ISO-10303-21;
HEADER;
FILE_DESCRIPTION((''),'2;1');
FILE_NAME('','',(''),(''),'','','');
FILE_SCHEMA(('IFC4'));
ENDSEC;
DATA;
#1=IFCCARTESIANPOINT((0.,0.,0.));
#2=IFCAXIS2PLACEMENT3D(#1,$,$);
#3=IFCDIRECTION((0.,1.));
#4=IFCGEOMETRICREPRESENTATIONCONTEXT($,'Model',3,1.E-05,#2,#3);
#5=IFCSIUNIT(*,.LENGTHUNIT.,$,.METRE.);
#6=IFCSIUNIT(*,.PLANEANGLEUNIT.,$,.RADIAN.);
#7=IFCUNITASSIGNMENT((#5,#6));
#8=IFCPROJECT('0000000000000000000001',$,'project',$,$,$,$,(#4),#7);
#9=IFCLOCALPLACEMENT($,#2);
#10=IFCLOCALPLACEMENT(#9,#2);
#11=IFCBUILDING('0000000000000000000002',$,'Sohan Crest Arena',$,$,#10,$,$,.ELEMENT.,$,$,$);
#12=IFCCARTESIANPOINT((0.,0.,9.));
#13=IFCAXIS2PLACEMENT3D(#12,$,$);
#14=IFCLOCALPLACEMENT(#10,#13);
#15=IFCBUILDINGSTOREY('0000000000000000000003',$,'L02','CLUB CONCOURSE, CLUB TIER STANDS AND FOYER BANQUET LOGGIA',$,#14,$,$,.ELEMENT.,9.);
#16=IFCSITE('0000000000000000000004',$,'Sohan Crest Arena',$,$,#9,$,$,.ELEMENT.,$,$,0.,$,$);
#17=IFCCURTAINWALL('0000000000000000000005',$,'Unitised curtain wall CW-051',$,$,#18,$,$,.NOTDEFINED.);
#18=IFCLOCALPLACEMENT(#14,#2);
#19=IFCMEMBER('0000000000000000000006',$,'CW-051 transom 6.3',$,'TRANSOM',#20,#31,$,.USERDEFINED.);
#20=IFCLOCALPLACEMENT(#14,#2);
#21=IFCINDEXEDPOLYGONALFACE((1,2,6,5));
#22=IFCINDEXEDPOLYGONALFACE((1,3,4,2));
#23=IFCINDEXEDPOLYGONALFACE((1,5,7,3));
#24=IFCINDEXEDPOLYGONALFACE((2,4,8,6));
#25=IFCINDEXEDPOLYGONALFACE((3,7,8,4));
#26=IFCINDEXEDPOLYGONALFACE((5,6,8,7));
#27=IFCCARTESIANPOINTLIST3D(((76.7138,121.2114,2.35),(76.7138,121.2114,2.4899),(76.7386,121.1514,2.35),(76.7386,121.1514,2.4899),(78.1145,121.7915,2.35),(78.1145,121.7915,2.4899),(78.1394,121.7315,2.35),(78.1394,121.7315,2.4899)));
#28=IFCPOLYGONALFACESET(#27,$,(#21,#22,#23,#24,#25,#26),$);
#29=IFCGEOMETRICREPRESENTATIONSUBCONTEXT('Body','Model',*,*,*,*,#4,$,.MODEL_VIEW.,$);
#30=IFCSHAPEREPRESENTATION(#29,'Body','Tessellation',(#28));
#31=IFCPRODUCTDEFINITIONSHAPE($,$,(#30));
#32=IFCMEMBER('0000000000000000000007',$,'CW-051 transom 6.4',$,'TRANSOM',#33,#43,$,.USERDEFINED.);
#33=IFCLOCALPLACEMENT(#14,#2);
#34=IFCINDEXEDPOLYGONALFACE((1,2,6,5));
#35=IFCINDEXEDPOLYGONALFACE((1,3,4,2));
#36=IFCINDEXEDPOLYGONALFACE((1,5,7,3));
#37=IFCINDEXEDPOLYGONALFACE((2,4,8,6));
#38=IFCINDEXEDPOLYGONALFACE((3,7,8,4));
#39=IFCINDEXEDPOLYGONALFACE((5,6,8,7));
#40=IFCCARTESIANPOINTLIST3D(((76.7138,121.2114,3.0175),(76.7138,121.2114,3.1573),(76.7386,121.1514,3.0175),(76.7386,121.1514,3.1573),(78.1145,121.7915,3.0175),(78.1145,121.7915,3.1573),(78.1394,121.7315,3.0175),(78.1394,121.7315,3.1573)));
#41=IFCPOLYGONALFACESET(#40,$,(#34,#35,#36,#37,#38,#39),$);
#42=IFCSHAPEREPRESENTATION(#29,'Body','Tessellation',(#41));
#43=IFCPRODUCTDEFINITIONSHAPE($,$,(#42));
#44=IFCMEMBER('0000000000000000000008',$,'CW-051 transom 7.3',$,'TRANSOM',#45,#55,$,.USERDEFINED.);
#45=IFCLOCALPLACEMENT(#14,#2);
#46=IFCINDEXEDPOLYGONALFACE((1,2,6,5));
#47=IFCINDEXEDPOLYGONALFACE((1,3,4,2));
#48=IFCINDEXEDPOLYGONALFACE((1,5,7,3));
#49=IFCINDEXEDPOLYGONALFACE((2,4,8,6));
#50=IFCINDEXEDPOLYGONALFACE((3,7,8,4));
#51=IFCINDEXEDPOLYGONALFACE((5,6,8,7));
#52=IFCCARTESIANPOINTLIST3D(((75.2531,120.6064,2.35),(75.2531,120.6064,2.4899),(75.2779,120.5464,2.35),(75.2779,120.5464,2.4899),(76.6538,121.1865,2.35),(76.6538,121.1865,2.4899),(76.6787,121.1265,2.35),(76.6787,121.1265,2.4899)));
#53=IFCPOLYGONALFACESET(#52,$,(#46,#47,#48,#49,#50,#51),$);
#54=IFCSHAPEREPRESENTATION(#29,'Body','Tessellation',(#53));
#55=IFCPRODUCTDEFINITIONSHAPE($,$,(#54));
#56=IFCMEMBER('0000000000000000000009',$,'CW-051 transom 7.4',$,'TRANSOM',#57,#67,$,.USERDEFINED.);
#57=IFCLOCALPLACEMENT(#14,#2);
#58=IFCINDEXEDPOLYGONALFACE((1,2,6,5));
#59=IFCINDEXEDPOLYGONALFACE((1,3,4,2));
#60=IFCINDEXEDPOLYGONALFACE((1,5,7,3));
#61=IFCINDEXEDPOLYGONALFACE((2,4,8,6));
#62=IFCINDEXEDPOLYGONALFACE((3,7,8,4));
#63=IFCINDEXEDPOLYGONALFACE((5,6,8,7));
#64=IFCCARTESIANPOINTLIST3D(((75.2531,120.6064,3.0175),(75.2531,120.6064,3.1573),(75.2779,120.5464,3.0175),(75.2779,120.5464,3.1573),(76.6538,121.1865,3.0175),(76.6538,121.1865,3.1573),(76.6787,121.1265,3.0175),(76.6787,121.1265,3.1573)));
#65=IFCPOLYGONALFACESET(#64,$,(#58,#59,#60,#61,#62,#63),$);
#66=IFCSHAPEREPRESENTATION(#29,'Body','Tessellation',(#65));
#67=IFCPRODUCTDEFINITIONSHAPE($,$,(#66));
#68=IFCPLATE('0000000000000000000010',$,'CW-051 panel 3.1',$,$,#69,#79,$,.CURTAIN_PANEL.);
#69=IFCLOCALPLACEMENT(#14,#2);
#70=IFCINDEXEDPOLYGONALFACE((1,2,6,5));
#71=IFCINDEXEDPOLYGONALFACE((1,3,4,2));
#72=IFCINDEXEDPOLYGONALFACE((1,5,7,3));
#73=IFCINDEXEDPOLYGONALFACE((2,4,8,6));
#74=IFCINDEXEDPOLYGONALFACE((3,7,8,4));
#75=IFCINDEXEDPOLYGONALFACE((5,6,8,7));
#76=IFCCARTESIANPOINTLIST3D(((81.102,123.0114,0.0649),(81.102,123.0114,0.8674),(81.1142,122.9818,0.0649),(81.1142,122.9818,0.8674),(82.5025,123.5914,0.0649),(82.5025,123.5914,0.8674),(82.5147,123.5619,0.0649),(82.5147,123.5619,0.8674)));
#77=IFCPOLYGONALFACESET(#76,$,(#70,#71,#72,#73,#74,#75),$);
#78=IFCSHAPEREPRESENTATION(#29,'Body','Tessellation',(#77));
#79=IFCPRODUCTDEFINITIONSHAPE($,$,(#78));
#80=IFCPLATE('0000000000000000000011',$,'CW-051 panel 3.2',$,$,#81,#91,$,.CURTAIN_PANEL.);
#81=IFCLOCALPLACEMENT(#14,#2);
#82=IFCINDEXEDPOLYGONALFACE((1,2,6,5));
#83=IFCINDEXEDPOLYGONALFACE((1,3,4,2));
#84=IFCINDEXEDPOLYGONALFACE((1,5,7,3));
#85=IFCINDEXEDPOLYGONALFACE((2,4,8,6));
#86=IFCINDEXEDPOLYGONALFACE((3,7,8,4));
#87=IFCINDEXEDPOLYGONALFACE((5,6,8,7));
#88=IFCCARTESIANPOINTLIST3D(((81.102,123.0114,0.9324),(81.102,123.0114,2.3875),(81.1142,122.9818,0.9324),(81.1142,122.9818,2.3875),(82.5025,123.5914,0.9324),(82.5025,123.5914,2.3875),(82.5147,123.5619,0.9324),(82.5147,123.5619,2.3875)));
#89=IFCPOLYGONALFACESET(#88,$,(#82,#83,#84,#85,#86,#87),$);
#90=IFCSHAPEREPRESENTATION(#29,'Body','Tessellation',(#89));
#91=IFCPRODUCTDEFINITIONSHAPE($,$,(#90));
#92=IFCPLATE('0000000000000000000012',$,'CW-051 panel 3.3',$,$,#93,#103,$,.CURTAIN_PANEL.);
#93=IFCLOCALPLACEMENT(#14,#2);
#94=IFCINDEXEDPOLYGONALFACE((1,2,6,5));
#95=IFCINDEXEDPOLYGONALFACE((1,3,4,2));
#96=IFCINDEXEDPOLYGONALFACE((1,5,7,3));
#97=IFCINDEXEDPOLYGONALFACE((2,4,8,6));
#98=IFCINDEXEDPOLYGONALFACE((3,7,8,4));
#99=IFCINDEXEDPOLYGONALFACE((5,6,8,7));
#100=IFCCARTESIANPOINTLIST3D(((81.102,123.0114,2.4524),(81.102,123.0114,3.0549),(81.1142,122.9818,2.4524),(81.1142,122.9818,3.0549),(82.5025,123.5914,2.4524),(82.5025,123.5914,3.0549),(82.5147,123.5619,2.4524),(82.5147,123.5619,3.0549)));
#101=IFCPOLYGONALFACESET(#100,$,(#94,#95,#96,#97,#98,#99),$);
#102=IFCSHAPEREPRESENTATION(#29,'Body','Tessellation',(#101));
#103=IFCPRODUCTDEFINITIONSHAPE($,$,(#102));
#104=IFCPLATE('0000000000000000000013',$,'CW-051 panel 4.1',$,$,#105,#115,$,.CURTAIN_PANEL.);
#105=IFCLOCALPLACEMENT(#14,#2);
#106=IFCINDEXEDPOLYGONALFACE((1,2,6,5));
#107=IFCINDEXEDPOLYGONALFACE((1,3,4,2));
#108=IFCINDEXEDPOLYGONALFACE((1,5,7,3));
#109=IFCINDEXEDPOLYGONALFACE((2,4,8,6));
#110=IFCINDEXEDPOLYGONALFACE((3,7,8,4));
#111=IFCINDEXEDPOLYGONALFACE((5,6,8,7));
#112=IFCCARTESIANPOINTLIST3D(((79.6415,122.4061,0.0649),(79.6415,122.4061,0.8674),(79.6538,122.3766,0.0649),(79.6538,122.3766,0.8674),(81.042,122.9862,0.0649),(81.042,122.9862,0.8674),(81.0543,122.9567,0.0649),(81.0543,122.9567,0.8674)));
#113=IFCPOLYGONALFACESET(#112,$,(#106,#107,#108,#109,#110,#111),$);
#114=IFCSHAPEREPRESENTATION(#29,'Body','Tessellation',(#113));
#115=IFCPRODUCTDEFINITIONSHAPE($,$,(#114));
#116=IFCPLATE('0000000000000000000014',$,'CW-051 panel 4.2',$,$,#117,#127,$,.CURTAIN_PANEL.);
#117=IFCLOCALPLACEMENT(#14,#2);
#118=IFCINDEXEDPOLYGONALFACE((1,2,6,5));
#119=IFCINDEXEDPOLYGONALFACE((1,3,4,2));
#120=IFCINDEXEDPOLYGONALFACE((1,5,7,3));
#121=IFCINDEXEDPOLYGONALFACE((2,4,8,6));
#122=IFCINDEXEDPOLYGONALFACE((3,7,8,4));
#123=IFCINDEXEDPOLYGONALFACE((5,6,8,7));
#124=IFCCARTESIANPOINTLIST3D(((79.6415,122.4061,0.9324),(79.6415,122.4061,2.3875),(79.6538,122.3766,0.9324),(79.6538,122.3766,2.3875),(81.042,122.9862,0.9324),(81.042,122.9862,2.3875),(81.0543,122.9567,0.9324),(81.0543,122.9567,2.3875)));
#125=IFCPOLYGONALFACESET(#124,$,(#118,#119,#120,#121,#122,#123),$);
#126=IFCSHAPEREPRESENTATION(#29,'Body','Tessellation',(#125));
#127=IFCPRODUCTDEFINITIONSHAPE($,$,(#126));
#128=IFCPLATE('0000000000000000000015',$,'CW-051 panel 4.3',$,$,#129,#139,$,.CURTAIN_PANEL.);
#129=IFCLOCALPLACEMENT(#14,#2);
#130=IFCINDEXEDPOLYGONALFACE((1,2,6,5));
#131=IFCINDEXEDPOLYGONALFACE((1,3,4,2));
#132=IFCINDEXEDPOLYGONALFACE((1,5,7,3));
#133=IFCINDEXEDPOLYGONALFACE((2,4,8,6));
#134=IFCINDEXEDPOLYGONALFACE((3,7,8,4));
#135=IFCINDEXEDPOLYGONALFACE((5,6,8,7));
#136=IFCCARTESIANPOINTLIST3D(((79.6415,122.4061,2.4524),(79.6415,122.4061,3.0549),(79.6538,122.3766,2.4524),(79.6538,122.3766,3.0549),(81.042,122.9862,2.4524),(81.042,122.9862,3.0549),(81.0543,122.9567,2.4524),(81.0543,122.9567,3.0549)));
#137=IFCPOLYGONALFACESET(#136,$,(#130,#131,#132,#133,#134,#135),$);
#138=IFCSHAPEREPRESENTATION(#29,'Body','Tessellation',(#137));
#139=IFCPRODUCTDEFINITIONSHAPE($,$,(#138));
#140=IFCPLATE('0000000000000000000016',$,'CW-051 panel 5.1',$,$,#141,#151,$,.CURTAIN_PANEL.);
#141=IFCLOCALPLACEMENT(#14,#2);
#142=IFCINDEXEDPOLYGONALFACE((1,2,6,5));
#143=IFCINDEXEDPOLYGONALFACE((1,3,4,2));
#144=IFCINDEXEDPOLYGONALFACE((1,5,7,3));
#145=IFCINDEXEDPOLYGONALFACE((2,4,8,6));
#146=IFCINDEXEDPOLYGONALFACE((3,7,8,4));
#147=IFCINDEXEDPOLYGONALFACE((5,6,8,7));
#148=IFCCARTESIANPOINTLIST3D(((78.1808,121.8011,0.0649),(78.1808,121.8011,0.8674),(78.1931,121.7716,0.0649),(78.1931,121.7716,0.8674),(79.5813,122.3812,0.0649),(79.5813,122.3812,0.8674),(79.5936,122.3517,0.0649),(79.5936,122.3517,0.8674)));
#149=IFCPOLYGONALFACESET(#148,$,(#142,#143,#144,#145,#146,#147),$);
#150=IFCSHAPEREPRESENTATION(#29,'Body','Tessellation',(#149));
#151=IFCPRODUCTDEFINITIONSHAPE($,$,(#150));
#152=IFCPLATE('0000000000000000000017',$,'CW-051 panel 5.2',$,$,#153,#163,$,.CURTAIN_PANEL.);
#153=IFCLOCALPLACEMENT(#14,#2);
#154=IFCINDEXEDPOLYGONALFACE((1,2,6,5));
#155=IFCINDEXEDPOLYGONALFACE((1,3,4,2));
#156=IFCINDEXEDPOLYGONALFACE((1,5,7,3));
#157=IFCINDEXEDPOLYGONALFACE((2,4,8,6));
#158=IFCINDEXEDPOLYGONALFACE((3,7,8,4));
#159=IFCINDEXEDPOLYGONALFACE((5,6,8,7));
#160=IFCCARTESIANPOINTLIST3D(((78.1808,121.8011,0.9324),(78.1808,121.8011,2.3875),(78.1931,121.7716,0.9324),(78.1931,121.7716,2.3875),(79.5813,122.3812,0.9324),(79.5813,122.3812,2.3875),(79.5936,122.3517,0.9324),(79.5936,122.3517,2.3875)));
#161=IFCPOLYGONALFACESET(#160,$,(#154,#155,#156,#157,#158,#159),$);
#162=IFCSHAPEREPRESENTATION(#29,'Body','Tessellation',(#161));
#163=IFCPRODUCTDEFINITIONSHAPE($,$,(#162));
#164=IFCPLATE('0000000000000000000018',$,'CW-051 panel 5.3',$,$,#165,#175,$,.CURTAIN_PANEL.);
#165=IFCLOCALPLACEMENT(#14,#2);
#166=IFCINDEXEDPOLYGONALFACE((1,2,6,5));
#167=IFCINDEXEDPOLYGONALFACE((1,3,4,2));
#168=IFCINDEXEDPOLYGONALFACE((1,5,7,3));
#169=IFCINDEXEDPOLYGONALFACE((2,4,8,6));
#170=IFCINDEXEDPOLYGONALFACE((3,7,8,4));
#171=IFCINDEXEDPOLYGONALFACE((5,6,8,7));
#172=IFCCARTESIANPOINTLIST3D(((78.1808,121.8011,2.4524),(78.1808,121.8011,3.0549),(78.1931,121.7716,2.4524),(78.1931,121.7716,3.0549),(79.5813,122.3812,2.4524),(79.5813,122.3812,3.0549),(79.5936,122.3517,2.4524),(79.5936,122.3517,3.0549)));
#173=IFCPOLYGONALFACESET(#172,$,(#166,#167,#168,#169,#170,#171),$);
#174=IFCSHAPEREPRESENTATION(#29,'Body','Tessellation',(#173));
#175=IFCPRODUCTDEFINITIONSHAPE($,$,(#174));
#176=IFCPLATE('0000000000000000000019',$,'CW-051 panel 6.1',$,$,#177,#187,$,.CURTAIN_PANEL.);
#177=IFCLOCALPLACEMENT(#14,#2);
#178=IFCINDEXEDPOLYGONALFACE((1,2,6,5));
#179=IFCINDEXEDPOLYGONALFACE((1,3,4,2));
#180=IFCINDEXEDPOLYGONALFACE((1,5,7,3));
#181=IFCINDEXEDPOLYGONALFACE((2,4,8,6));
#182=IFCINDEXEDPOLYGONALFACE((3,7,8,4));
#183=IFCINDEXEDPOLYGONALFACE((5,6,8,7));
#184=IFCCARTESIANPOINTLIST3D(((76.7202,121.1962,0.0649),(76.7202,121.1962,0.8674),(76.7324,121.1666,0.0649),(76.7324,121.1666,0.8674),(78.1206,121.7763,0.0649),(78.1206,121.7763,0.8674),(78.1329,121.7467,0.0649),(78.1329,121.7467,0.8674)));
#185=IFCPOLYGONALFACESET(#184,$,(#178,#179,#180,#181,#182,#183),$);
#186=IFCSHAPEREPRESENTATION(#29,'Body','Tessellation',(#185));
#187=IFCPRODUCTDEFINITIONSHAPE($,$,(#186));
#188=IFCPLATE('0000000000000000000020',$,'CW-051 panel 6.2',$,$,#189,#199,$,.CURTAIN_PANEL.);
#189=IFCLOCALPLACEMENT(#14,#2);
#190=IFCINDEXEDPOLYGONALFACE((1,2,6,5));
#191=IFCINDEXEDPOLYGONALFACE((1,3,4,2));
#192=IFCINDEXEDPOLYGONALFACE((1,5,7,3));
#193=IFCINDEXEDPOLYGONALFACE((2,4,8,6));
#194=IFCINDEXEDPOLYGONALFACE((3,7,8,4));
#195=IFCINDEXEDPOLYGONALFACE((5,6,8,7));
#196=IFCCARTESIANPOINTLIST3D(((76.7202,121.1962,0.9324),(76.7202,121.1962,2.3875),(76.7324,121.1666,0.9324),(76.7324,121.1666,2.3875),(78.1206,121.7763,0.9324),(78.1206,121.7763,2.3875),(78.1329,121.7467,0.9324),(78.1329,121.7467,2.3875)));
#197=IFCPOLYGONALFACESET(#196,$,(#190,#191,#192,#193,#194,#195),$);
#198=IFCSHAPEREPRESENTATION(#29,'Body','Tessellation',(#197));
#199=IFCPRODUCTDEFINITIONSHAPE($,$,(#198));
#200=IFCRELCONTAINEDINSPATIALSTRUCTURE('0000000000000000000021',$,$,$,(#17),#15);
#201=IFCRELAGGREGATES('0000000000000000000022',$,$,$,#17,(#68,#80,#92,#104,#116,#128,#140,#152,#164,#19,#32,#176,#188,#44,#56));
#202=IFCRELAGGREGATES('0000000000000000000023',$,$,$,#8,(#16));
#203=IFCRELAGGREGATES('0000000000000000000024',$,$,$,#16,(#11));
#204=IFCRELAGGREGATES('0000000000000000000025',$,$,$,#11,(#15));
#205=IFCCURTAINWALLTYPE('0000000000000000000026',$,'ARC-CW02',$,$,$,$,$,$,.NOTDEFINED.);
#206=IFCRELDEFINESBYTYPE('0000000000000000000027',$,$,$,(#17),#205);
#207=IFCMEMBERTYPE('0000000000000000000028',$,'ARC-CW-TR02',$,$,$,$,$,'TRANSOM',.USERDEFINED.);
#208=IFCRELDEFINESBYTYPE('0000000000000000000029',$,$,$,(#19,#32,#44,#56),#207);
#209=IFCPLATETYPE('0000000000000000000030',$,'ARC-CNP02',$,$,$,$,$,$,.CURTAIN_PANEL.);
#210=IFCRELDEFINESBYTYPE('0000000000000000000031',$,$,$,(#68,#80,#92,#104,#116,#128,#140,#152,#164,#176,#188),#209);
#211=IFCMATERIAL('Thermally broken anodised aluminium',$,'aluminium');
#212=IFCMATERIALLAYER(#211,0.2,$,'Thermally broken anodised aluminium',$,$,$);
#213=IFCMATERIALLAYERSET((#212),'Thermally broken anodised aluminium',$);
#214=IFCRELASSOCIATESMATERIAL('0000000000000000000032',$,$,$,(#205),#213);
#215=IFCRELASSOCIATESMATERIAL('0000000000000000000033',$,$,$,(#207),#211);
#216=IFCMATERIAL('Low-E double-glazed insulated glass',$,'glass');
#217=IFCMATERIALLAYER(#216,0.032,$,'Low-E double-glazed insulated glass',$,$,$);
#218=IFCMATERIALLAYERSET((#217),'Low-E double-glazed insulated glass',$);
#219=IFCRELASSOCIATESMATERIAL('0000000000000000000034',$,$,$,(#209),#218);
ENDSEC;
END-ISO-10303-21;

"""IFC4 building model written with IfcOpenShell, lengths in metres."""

from ifc_helpers import new_model, si_unit, direction, frame, origin, origin_2d, place, context, subcontext, project, spatial, rectangle, extrude, material, layer, layer_set, material_profile, profile_set, type_object, element, aggregate, save


model = new_model("IFC4")

# Units and contexts
model_context = context("Model", 3, precision=1e-05, world=origin(), true_north=direction((0.0, 1.0)))
body_context = subcontext(model_context, "Body", "Model", "MODEL_VIEW")
ifc_project = project(units=[si_unit("LENGTHUNIT", "METRE"), si_unit("PLANEANGLEUNIT", "RADIAN")], contexts=[model_context])

# Site, building, storey
site_placement = place(None, origin())
site = spatial("IfcSite", under=ifc_project, at=site_placement, Name="Sohan Crest Arena", CompositionType="ELEMENT", RefElevation=0.0)
building_placement = place(site_placement, origin())
building = spatial("IfcBuilding", under=site, at=building_placement, Name="Sohan Crest Arena", CompositionType="ELEMENT")
storey_placement = place(building_placement, frame((0.0, 0.0, 9.0)))
storey = spatial("IfcBuildingStorey", under=building, at=storey_placement, Name="L02", Description="CLUB CONCOURSE, CLUB TIER STANDS AND FOYER BANQUET LOGGIA", CompositionType="ELEMENT", Elevation=9.0)

# Curtain wall, members, plates
ifc_material_1 = material(Name="Thermally broken anodised aluminium", Category="aluminium")
ifc_layer_1 = layer(ifc_material_1, 0.2, Name="Thermally broken anodised aluminium")
ifc_layer_set_1 = layer_set([ifc_layer_1], Name="Thermally broken anodised aluminium")
curtain_wall_type = type_object("IfcCurtainWallType", Name="ARC-CW02", PredefinedType="NOTDEFINED", material=ifc_layer_set_1)
curtain_wall_placement = place(storey_placement, origin())
curtain_wall = element("IfcCurtainWall", 1, at=curtain_wall_placement, inside=storey, type_object=curtain_wall_type, Name="Unitised curtain wall CW-051", PredefinedType="NOTDEFINED")
ifc_material_profile_1 = material_profile(ifc_material_1, rectangle(XDim=0.0649, YDim=0.1399, at=origin_2d()), Name="ALU-TRAN 65x140")
ifc_profile_set_1 = profile_set([ifc_material_profile_1], Name="Thermally broken anodised aluminium")
member_type_1 = type_object("IfcMemberType", Name="ARC-CW-TR02", ElementType="TRANSOM", PredefinedType="USERDEFINED", material=ifc_profile_set_1)
member_1_placement = place(storey_placement, frame((78.127, 121.7615, 2.4199), z_axis=(-0.923899, -0.382636, 0.0), x_axis=(0.382636, -0.923899, 0.0)))
member_1 = element("IfcMember", 2, at=member_1_placement, type_object=member_type_1, Name="CW-051 transom 6.3", ObjectType="TRANSOM", PredefinedType="USERDEFINED", context=body_context, shape_type="SweptSolid", body=[
    extrude(rectangle(XDim=0.0649, YDim=0.1399, at=origin_2d()), origin(), (0.0, 0.0, 1.0), 1.5161),
])
member_2_placement = place(storey_placement, frame((78.127, 121.7615, 3.0874), z_axis=(-0.923899, -0.382636, 0.0), x_axis=(0.382636, -0.923899, 0.0)))
member_2 = element("IfcMember", 3, at=member_2_placement, type_object=member_type_1, Name="CW-051 transom 6.4", ObjectType="TRANSOM", PredefinedType="USERDEFINED", context=body_context, shape_type="SweptSolid", body=[
    extrude(rectangle(XDim=0.0649, YDim=0.1399, at=origin_2d()), origin(), (0.0, 0.0, 1.0), 1.5161),
])
member_3_placement = place(storey_placement, frame((76.6663, 121.1565, 2.4199), z_axis=(-0.923899, -0.382636, 0.0), x_axis=(0.382636, -0.923899, 0.0)))
member_3 = element("IfcMember", 4, at=member_3_placement, type_object=member_type_1, Name="CW-051 transom 7.3", ObjectType="TRANSOM", PredefinedType="USERDEFINED", context=body_context, shape_type="SweptSolid", body=[
    extrude(rectangle(XDim=0.0649, YDim=0.1399, at=origin_2d()), origin(), (0.0, 0.0, 1.0), 1.5161),
])
member_4_placement = place(storey_placement, frame((76.6663, 121.1565, 3.0874), z_axis=(-0.923899, -0.382636, 0.0), x_axis=(0.382636, -0.923899, 0.0)))
member_4 = element("IfcMember", 5, at=member_4_placement, type_object=member_type_1, Name="CW-051 transom 7.4", ObjectType="TRANSOM", PredefinedType="USERDEFINED", context=body_context, shape_type="SweptSolid", body=[
    extrude(rectangle(XDim=0.0649, YDim=0.1399, at=origin_2d()), origin(), (0.0, 0.0, 1.0), 1.5161),
])
ifc_material_2 = material(Name="Low-E double-glazed insulated glass", Category="glass")
ifc_layer_2 = layer(ifc_material_2, 0.032, Name="Low-E double-glazed insulated glass")
ifc_layer_set_2 = layer_set([ifc_layer_2], Name="Low-E double-glazed insulated glass")
plate_type = type_object("IfcPlateType", Name="ARC-CNP02", PredefinedType="CURTAIN_PANEL", material=ifc_layer_set_2)
plate_1_placement = place(storey_placement, frame((81.8083, 123.2866, 0.0649), z_axis=(0.0, 0.0, 1.0), x_axis=(-0.923882, -0.382678, 0.0)))
plate_1 = element("IfcPlate", 6, at=plate_1_placement, type_object=plate_type, Name="CW-051 panel 3.1", PredefinedType="CURTAIN_PANEL", context=body_context, shape_type="SweptSolid", body=[
    extrude(rectangle(XDim=1.5159, YDim=0.032, at=origin_2d()), origin(), (0.0, 0.0, 1.0), 0.8025),
])
plate_2_placement = place(storey_placement, frame((81.8083, 123.2866, 0.9324), z_axis=(0.0, 0.0, 1.0), x_axis=(-0.923882, -0.382678, 0.0)))
plate_2 = element("IfcPlate", 7, at=plate_2_placement, type_object=plate_type, Name="CW-051 panel 3.2", PredefinedType="CURTAIN_PANEL", context=body_context, shape_type="SweptSolid", body=[
    extrude(rectangle(XDim=1.5159, YDim=0.032, at=origin_2d()), origin(), (0.0, 0.0, 1.0), 1.4551),
])
plate_3_placement = place(storey_placement, frame((81.8083, 123.2866, 2.4524), z_axis=(0.0, 0.0, 1.0), x_axis=(-0.923882, -0.382678, 0.0)))
plate_3 = element("IfcPlate", 8, at=plate_3_placement, type_object=plate_type, Name="CW-051 panel 3.3", PredefinedType="CURTAIN_PANEL", context=body_context, shape_type="SweptSolid", body=[
    extrude(rectangle(XDim=1.5159, YDim=0.032, at=origin_2d()), origin(), (0.0, 0.0, 1.0), 0.6025),
])
plate_4_placement = place(storey_placement, frame((80.3479, 122.6814, 0.0649), z_axis=(0.0, 0.0, 1.0), x_axis=(-0.923882, -0.382678, 0.0)))
plate_4 = element("IfcPlate", 9, at=plate_4_placement, type_object=plate_type, Name="CW-051 panel 4.1", PredefinedType="CURTAIN_PANEL", context=body_context, shape_type="SweptSolid", body=[
    extrude(rectangle(XDim=1.5159, YDim=0.032, at=origin_2d()), origin(), (0.0, 0.0, 1.0), 0.8025),
])
plate_5_placement = place(storey_placement, frame((80.3479, 122.6814, 0.9324), z_axis=(0.0, 0.0, 1.0), x_axis=(-0.923882, -0.382678, 0.0)))
plate_5 = element("IfcPlate", 10, at=plate_5_placement, type_object=plate_type, Name="CW-051 panel 4.2", PredefinedType="CURTAIN_PANEL", context=body_context, shape_type="SweptSolid", body=[
    extrude(rectangle(XDim=1.5159, YDim=0.032, at=origin_2d()), origin(), (0.0, 0.0, 1.0), 1.4551),
])
plate_6_placement = place(storey_placement, frame((80.3479, 122.6814, 2.4524), z_axis=(0.0, 0.0, 1.0), x_axis=(-0.923882, -0.382678, 0.0)))
plate_6 = element("IfcPlate", 11, at=plate_6_placement, type_object=plate_type, Name="CW-051 panel 4.3", PredefinedType="CURTAIN_PANEL", context=body_context, shape_type="SweptSolid", body=[
    extrude(rectangle(XDim=1.5159, YDim=0.032, at=origin_2d()), origin(), (0.0, 0.0, 1.0), 0.6025),
])
plate_7_placement = place(storey_placement, frame((78.8872, 122.0764, 0.0649), z_axis=(0.0, 0.0, 1.0), x_axis=(-0.923882, -0.382678, 0.0)))
plate_7 = element("IfcPlate", 12, at=plate_7_placement, type_object=plate_type, Name="CW-051 panel 5.1", PredefinedType="CURTAIN_PANEL", context=body_context, shape_type="SweptSolid", body=[
    extrude(rectangle(XDim=1.5159, YDim=0.032, at=origin_2d()), origin(), (0.0, 0.0, 1.0), 0.8025),
])
plate_8_placement = place(storey_placement, frame((78.8872, 122.0764, 0.9324), z_axis=(0.0, 0.0, 1.0), x_axis=(-0.923882, -0.382678, 0.0)))
plate_8 = element("IfcPlate", 13, at=plate_8_placement, type_object=plate_type, Name="CW-051 panel 5.2", PredefinedType="CURTAIN_PANEL", context=body_context, shape_type="SweptSolid", body=[
    extrude(rectangle(XDim=1.5159, YDim=0.032, at=origin_2d()), origin(), (0.0, 0.0, 1.0), 1.4551),
])
plate_9_placement = place(storey_placement, frame((78.8872, 122.0764, 2.4524), z_axis=(0.0, 0.0, 1.0), x_axis=(-0.923882, -0.382678, 0.0)))
plate_9 = element("IfcPlate", 14, at=plate_9_placement, type_object=plate_type, Name="CW-051 panel 5.3", PredefinedType="CURTAIN_PANEL", context=body_context, shape_type="SweptSolid", body=[
    extrude(rectangle(XDim=1.5159, YDim=0.032, at=origin_2d()), origin(), (0.0, 0.0, 1.0), 0.6025),
])
plate_10_placement = place(storey_placement, frame((77.4265, 121.4714, 0.0649), z_axis=(0.0, 0.0, 1.0), x_axis=(-0.923882, -0.382678, 0.0)))
plate_10 = element("IfcPlate", 15, at=plate_10_placement, type_object=plate_type, Name="CW-051 panel 6.1", PredefinedType="CURTAIN_PANEL", context=body_context, shape_type="SweptSolid", body=[
    extrude(rectangle(XDim=1.5159, YDim=0.032, at=origin_2d()), origin(), (0.0, 0.0, 1.0), 0.8025),
])
plate_11_placement = place(storey_placement, frame((77.4265, 121.4714, 0.9324), z_axis=(0.0, 0.0, 1.0), x_axis=(-0.923882, -0.382678, 0.0)))
plate_11 = element("IfcPlate", 16, at=plate_11_placement, type_object=plate_type, Name="CW-051 panel 6.2", PredefinedType="CURTAIN_PANEL", context=body_context, shape_type="SweptSolid", body=[
    extrude(rectangle(XDim=1.5159, YDim=0.032, at=origin_2d()), origin(), (0.0, 0.0, 1.0), 1.4551),
])
aggregate(curtain_wall, [plate_1, plate_2, plate_3, plate_4, plate_5, plate_6, plate_7, plate_8, plate_9, member_1, member_2, plate_10, plate_11, member_3, member_4])

save(model, "model.ifc")
